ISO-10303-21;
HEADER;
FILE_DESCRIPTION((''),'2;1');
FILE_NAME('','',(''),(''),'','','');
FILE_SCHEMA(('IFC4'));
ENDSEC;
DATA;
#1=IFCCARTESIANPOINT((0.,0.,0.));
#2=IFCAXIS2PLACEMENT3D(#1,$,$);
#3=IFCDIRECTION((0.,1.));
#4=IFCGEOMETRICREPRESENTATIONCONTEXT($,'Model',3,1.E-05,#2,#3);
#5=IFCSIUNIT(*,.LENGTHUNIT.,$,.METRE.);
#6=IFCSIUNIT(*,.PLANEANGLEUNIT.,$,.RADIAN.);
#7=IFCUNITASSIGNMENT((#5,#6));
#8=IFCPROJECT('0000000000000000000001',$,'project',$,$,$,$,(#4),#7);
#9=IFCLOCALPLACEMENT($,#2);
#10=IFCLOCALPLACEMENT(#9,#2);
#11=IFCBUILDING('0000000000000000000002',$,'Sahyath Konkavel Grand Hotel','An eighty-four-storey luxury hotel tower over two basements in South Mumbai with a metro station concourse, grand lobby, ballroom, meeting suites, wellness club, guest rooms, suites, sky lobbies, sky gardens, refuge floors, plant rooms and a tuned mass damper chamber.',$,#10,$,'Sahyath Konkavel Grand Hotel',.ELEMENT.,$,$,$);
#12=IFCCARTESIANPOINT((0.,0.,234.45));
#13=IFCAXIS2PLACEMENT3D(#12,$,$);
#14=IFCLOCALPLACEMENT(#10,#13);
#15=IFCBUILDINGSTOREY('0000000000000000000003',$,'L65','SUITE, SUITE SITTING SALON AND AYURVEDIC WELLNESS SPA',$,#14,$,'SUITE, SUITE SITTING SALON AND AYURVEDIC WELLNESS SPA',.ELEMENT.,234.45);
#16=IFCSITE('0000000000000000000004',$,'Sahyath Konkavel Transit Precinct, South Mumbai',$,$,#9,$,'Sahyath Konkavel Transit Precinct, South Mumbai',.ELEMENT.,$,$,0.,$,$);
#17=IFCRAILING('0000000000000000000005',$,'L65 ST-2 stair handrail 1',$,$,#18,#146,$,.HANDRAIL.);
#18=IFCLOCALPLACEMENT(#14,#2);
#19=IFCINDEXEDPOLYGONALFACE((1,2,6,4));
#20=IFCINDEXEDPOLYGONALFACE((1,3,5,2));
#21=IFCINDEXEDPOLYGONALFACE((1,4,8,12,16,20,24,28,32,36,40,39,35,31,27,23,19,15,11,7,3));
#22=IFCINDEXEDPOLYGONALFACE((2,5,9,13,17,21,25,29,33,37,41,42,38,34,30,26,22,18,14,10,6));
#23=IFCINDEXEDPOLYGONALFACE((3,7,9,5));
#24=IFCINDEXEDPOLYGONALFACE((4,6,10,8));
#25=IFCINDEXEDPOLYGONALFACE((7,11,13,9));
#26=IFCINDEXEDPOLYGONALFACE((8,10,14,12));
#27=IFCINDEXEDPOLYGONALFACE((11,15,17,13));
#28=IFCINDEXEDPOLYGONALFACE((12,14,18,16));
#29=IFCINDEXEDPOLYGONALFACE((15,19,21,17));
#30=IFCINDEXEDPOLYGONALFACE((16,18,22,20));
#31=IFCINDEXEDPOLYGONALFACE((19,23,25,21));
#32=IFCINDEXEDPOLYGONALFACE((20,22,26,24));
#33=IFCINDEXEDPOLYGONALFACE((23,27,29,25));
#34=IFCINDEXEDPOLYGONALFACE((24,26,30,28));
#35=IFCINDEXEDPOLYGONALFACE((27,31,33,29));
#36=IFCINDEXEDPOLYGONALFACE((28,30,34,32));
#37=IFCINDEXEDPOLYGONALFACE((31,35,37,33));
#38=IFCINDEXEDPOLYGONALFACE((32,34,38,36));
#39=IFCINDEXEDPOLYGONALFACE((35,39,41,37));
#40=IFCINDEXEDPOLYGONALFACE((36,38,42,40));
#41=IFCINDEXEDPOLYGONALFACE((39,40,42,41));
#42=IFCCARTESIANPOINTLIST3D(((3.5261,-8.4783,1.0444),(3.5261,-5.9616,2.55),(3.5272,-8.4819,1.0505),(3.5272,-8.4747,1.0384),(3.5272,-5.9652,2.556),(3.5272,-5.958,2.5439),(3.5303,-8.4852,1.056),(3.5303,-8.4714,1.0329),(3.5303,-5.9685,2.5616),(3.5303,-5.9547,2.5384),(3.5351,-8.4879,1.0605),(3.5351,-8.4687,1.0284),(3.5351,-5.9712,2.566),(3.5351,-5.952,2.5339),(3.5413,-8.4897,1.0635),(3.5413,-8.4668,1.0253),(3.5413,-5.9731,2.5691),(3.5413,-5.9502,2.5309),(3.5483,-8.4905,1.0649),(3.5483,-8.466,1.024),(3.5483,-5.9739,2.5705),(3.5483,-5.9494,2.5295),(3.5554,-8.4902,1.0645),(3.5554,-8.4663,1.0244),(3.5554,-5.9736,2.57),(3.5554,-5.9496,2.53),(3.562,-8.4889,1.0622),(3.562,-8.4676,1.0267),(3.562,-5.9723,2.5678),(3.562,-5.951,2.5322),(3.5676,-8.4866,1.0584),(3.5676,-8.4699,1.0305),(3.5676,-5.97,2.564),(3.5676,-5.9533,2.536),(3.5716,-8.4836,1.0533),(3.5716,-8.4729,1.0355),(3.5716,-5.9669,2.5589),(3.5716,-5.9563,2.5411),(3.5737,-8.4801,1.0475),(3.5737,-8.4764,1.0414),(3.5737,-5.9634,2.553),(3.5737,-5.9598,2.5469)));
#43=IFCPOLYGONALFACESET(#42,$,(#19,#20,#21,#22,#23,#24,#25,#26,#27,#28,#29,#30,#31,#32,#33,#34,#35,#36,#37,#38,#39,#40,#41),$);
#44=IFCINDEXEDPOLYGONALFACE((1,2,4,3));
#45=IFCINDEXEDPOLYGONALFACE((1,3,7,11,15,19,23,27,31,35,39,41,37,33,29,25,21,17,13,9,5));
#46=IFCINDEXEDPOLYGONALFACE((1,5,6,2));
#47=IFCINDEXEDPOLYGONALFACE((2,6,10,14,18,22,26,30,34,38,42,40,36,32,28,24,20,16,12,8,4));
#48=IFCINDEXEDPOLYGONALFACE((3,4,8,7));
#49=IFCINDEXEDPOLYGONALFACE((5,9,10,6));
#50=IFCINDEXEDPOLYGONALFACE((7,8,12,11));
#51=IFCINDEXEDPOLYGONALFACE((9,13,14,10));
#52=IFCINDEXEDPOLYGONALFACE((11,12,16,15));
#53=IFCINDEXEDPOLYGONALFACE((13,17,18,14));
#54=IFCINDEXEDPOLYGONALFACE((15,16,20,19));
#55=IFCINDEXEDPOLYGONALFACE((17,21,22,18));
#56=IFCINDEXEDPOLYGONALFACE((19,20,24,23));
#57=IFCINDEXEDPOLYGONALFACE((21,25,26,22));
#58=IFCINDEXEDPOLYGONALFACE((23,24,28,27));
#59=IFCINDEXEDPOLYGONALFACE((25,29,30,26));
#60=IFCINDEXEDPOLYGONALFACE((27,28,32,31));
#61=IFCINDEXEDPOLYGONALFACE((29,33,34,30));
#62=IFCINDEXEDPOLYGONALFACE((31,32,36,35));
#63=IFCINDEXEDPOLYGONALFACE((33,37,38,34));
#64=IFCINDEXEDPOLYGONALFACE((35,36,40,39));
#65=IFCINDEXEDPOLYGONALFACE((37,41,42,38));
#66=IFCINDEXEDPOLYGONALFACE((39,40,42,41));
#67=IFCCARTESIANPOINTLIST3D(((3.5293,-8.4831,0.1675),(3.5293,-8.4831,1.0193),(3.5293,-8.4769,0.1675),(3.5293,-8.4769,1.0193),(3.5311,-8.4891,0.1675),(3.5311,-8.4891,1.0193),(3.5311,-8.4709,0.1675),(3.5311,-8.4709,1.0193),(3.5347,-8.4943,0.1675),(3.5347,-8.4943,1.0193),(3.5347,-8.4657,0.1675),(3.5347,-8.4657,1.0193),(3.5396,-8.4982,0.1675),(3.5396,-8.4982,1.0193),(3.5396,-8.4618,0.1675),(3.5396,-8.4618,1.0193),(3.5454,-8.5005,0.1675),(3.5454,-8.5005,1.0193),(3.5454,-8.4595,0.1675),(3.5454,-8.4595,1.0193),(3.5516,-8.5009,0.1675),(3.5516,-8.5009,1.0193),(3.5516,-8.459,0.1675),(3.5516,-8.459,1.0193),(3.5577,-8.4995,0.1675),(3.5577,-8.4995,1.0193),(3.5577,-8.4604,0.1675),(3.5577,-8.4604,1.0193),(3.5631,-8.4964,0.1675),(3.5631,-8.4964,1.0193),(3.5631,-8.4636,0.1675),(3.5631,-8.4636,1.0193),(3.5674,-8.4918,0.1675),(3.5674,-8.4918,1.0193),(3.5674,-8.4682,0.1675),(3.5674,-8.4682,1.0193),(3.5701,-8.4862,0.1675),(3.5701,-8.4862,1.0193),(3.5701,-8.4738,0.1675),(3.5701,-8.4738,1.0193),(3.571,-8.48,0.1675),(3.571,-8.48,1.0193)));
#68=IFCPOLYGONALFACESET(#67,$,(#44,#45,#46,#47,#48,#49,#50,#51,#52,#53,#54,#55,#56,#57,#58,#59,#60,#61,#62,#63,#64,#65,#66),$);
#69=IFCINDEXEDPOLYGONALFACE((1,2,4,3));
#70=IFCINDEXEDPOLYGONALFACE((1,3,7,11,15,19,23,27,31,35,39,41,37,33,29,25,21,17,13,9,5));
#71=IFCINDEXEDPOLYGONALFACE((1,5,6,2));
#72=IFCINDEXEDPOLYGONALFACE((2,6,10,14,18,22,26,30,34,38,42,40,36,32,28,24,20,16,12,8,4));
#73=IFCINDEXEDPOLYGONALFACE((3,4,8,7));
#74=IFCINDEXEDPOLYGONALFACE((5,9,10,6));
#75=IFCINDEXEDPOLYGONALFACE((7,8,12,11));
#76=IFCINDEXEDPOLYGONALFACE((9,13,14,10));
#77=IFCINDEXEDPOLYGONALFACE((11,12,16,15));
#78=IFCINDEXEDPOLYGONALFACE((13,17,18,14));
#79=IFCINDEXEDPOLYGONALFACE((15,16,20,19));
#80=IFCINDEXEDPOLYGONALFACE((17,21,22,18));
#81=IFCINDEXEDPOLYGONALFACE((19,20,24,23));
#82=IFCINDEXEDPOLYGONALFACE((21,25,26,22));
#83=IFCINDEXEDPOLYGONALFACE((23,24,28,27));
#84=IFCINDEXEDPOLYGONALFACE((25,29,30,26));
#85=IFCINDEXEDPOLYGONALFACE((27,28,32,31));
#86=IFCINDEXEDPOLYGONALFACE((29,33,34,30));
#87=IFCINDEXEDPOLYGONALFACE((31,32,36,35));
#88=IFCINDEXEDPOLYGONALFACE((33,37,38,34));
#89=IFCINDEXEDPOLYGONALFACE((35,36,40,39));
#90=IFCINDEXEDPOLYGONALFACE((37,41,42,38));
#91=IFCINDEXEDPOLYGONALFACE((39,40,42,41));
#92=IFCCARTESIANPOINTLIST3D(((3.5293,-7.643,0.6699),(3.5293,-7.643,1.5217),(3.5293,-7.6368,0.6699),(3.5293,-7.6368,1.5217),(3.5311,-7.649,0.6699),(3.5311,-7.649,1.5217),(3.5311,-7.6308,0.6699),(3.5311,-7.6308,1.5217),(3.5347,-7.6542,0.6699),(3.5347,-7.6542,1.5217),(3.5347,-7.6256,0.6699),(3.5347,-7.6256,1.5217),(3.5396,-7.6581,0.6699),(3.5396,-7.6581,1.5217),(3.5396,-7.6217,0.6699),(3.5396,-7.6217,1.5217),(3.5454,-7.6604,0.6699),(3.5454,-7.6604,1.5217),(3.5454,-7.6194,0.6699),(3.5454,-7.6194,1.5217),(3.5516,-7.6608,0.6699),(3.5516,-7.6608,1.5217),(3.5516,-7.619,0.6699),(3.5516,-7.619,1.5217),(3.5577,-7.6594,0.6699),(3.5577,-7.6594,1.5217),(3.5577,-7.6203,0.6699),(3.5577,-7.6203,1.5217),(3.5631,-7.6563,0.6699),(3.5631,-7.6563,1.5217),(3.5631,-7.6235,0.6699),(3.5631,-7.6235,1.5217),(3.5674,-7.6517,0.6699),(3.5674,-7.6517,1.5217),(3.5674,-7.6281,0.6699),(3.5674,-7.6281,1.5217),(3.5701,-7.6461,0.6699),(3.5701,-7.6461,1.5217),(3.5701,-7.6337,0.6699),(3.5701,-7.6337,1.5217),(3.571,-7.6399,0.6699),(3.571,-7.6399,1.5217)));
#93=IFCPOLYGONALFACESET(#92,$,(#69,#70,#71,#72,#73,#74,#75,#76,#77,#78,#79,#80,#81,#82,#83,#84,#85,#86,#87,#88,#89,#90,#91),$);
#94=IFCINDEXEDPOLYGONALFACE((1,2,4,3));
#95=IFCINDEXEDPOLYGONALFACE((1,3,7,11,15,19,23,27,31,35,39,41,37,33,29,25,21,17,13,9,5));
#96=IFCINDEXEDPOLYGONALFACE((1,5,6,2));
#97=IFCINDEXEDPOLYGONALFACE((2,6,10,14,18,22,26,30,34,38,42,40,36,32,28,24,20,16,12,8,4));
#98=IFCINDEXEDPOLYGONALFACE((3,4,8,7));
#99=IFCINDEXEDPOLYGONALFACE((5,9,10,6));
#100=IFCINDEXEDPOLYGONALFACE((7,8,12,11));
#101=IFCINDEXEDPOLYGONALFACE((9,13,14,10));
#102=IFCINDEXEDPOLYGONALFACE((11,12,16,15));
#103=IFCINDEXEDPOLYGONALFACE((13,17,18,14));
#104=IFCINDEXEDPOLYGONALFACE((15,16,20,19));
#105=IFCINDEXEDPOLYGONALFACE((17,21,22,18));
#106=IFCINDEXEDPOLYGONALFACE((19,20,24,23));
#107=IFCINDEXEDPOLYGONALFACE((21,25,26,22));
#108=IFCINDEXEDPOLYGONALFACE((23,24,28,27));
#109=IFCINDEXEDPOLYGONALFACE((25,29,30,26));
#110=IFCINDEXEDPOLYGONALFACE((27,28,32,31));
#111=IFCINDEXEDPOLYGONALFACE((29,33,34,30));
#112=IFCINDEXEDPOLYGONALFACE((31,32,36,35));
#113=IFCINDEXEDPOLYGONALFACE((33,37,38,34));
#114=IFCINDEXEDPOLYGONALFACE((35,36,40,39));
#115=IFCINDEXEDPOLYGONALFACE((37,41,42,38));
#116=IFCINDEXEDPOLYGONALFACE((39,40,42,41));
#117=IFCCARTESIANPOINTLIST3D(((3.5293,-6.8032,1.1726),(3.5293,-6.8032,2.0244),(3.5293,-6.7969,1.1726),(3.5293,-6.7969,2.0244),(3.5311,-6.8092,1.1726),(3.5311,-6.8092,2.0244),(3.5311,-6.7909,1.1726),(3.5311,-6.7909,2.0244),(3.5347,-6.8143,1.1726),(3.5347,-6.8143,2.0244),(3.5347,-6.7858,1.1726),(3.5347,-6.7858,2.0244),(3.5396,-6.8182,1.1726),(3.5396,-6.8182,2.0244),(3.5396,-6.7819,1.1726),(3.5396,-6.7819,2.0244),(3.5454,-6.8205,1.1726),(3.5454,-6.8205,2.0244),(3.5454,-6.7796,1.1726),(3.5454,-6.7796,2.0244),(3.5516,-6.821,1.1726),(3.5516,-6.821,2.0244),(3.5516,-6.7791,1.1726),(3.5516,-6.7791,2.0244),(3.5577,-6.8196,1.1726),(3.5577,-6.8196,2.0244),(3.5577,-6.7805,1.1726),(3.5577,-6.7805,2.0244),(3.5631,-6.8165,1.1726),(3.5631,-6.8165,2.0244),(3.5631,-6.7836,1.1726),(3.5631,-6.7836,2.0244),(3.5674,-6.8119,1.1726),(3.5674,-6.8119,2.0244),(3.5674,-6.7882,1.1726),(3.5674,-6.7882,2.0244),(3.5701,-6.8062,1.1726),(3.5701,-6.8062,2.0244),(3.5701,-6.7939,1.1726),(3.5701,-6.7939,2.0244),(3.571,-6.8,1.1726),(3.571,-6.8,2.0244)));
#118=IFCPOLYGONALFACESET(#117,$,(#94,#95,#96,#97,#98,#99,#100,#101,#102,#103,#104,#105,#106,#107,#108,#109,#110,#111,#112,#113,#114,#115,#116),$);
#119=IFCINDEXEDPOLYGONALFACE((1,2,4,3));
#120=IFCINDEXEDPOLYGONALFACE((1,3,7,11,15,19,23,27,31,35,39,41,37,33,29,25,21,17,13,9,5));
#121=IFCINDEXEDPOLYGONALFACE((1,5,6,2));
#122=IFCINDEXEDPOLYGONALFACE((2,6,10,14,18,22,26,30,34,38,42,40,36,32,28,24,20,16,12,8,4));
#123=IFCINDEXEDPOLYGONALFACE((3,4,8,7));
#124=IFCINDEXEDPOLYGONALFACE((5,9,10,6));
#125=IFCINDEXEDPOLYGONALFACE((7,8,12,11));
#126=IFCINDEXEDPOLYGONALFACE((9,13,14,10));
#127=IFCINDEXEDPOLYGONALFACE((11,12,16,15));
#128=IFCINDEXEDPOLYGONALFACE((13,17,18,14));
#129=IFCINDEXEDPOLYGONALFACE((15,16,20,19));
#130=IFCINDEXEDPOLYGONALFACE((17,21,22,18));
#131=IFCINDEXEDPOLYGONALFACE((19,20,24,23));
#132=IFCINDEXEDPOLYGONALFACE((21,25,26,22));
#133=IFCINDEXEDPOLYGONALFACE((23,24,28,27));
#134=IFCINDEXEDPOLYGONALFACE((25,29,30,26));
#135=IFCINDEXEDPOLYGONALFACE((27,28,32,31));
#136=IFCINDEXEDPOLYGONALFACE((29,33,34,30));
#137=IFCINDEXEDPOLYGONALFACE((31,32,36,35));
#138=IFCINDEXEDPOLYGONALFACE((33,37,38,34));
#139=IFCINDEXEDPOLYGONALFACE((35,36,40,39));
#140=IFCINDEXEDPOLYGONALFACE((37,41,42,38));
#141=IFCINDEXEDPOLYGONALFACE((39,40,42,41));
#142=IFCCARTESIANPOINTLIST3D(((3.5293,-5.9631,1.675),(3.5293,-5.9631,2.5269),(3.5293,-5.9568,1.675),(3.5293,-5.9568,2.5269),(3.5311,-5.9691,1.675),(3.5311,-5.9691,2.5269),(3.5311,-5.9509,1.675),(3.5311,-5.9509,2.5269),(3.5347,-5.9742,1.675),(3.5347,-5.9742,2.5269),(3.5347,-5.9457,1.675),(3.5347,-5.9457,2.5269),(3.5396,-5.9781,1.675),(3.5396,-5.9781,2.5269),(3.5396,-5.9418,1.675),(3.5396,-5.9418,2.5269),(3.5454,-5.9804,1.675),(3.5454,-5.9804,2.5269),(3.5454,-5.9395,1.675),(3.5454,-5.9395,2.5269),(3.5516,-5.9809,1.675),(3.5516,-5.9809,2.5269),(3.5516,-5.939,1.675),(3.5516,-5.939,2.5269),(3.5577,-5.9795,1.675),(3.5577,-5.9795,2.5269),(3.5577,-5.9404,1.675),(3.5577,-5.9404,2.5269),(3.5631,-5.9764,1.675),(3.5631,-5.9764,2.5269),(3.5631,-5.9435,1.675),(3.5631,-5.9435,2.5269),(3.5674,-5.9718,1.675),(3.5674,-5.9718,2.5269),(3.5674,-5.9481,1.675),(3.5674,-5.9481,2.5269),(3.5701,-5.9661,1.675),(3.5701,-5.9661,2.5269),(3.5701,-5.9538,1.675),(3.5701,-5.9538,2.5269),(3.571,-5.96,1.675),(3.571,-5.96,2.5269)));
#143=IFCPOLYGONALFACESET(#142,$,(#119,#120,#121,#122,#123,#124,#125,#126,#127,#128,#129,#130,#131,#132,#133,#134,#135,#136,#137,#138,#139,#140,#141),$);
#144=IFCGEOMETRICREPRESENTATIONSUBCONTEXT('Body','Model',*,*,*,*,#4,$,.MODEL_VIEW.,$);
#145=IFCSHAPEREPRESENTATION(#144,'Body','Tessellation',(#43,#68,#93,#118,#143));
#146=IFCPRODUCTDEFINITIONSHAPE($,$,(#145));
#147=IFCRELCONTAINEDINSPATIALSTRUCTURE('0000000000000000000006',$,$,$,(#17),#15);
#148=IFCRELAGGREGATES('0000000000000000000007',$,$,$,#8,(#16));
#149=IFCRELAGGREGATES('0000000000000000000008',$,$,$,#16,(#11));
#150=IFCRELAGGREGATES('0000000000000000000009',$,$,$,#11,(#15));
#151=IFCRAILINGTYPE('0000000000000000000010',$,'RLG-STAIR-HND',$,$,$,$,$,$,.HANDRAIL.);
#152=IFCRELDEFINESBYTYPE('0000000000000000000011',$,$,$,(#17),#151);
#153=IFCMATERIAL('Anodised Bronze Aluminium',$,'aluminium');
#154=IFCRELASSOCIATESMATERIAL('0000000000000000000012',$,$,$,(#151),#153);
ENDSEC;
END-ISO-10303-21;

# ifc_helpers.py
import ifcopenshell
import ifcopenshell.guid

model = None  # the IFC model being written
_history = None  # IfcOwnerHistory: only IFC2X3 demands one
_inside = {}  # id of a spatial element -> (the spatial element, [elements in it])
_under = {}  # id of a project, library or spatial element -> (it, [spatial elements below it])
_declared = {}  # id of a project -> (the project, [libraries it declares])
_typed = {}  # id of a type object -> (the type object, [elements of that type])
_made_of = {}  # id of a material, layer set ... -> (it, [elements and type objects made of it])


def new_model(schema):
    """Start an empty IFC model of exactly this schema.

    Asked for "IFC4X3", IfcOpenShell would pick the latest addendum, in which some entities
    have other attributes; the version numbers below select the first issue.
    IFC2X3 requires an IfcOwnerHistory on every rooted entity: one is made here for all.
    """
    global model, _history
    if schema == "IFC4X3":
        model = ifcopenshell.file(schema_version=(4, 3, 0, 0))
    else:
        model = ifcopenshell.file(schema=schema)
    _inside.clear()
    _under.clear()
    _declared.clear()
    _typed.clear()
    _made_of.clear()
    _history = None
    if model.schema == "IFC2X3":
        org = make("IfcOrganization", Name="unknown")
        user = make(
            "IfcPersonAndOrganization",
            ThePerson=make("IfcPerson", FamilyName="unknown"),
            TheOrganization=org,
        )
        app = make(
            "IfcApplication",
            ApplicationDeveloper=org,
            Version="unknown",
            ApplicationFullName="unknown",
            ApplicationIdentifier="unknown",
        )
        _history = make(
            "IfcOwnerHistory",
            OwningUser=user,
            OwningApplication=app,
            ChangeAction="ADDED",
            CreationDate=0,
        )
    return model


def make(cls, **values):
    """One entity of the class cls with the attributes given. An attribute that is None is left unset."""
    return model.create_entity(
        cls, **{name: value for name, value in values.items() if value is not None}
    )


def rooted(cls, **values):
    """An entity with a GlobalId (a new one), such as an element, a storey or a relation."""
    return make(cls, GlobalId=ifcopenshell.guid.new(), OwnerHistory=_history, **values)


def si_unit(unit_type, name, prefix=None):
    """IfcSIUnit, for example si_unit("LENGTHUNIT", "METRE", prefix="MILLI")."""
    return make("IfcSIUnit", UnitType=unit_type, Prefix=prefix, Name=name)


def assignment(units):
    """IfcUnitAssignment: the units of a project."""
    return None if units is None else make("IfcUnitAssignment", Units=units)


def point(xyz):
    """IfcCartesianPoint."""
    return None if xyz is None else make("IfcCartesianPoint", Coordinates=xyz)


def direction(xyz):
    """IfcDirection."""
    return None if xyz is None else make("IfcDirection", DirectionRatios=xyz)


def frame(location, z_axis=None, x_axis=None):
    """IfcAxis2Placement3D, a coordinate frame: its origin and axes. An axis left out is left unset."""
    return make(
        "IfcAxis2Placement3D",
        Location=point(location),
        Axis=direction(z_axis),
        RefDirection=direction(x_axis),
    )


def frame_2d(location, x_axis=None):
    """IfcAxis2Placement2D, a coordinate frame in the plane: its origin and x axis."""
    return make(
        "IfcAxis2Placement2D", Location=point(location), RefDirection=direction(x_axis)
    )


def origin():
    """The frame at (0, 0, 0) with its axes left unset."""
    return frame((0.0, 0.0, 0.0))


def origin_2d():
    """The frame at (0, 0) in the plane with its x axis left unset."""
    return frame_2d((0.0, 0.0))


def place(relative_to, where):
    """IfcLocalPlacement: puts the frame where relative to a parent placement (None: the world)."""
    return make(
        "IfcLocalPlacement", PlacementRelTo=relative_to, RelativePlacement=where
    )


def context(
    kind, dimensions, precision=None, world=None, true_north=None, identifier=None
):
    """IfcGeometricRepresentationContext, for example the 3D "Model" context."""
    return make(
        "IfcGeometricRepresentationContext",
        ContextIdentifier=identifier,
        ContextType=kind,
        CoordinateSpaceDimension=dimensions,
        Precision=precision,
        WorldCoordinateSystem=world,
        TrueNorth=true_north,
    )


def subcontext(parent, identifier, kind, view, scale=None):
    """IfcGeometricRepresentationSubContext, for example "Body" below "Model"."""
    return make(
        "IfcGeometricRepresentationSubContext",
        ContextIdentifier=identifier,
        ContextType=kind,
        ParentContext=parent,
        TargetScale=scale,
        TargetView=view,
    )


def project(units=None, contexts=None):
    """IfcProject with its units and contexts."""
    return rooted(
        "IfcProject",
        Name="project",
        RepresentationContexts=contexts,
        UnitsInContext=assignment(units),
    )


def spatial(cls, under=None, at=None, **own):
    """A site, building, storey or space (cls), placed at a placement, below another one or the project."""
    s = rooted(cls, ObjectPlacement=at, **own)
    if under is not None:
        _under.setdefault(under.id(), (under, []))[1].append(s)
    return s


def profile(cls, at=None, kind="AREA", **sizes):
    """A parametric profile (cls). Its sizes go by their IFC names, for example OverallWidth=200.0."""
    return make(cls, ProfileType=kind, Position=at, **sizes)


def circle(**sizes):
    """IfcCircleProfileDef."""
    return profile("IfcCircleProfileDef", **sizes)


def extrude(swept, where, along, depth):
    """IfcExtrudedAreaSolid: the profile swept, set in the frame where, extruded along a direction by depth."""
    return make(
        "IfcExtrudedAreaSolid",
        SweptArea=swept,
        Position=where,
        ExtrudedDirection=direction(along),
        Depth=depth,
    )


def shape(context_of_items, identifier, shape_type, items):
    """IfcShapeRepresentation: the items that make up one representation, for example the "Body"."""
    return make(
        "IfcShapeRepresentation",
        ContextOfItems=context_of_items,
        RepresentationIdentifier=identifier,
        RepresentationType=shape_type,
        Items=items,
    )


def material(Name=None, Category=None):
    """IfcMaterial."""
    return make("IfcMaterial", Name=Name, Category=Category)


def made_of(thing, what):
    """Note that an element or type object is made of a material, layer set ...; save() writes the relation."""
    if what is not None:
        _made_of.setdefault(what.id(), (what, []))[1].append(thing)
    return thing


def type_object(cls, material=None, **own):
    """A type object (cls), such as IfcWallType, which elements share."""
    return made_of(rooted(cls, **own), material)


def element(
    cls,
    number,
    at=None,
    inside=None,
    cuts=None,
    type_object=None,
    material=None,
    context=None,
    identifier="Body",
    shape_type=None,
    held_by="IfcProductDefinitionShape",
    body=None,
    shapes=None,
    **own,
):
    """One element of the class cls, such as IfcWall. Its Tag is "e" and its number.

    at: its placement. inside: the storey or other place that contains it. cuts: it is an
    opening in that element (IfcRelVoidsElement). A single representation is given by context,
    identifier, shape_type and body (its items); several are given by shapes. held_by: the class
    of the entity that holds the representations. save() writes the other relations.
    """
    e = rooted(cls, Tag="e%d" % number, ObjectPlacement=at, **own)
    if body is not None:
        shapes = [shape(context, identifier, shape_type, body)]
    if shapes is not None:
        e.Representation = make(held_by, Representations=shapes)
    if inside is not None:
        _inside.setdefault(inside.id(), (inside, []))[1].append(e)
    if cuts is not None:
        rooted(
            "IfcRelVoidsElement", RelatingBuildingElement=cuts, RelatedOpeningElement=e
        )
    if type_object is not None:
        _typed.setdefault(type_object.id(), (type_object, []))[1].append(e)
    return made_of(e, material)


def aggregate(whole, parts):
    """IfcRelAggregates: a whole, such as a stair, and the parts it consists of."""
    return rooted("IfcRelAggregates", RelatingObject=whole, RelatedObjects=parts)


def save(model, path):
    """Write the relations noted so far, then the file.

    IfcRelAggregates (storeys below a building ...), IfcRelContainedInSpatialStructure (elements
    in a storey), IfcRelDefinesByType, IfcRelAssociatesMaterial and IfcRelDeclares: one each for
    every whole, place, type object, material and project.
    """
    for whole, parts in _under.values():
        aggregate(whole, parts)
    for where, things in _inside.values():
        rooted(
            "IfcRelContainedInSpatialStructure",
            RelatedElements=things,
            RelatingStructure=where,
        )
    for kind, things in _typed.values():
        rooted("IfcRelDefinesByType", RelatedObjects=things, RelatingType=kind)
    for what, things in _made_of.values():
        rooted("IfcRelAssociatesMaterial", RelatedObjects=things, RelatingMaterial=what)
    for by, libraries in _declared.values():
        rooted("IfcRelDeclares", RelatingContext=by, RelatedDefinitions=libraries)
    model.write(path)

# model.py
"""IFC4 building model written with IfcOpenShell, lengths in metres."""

from ifc_helpers import new_model, si_unit, direction, frame, origin, origin_2d, place, context, subcontext, project, spatial, circle, extrude, material, type_object, element, save


model = new_model("IFC4")

# Units and contexts
model_context = context("Model", 3, precision=1e-05, world=origin(), true_north=direction((0.0, 1.0)))
body_context = subcontext(model_context, "Body", "Model", "MODEL_VIEW")
ifc_project = project(units=[si_unit("LENGTHUNIT", "METRE"), si_unit("PLANEANGLEUNIT", "RADIAN")], contexts=[model_context])

# Site, building, storey
site_placement = place(None, origin())
site = spatial("IfcSite", under=ifc_project, at=site_placement, Name="Sahyath Konkavel Transit Precinct, South Mumbai", LongName="Sahyath Konkavel Transit Precinct, South Mumbai", CompositionType="ELEMENT", RefElevation=0.0)
building_placement = place(site_placement, origin())
building = spatial("IfcBuilding", under=site, at=building_placement, Name="Sahyath Konkavel Grand Hotel", Description="An eighty-four-storey luxury hotel tower over two basements in South Mumbai with a metro station concourse, grand lobby, ballroom, meeting suites, wellness club, guest rooms, suites, sky lobbies, sky gardens, refuge floors, plant rooms and a tuned mass damper chamber.", LongName="Sahyath Konkavel Grand Hotel", CompositionType="ELEMENT")
storey_placement = place(building_placement, frame((0.0, 0.0, 234.45)))
storey = spatial("IfcBuildingStorey", under=building, at=storey_placement, Name="L65", Description="SUITE, SUITE SITTING SALON AND AYURVEDIC WELLNESS SPA", LongName="SUITE, SUITE SITTING SALON AND AYURVEDIC WELLNESS SPA", CompositionType="ELEMENT", Elevation=234.45)

# Shared definitions
ifc_material_1 = material(Name="Anodised Bronze Aluminium", Category="aluminium")

# Railing
railing_type_1 = type_object("IfcRailingType", Name="RLG-STAIR-HND", PredefinedType="HANDRAIL", material=ifc_material_1)
railing_1_placement = place(storey_placement, frame((3.55, -8.48, 0.1675)))
element("IfcRailing", 1, at=railing_1_placement, inside=storey, type_object=railing_type_1, Name="L65 ST-2 stair handrail 1", PredefinedType="HANDRAIL", context=body_context, shape_type="SweptSolid", body=[
    extrude(circle(Radius=0.0239, at=origin_2d()), frame((0.0, 0.0017, 0.877), z_axis=(0.0, 0.85816, 0.513383), x_axis=(-1.0, 0.0, 0.0)), (0.0, 0.0, 1.0), 2.9326),
    extrude(circle(Radius=0.021, at=origin_2d()), origin(), (0.0, 0.0, 1.0), 0.8518),
    extrude(circle(Radius=0.021, at=origin_2d()), frame((0.0, 0.8401, 0.5024)), (0.0, 0.0, 1.0), 0.8518),
    extrude(circle(Radius=0.021, at=origin_2d()), frame((0.0, 1.6799, 1.0051)), (0.0, 0.0, 1.0), 0.8518),
    extrude(circle(Radius=0.021, at=origin_2d()), frame((0.0, 2.52, 1.5076)), (0.0, 0.0, 1.0), 0.8518),
])

save(model, "model.ifc")
